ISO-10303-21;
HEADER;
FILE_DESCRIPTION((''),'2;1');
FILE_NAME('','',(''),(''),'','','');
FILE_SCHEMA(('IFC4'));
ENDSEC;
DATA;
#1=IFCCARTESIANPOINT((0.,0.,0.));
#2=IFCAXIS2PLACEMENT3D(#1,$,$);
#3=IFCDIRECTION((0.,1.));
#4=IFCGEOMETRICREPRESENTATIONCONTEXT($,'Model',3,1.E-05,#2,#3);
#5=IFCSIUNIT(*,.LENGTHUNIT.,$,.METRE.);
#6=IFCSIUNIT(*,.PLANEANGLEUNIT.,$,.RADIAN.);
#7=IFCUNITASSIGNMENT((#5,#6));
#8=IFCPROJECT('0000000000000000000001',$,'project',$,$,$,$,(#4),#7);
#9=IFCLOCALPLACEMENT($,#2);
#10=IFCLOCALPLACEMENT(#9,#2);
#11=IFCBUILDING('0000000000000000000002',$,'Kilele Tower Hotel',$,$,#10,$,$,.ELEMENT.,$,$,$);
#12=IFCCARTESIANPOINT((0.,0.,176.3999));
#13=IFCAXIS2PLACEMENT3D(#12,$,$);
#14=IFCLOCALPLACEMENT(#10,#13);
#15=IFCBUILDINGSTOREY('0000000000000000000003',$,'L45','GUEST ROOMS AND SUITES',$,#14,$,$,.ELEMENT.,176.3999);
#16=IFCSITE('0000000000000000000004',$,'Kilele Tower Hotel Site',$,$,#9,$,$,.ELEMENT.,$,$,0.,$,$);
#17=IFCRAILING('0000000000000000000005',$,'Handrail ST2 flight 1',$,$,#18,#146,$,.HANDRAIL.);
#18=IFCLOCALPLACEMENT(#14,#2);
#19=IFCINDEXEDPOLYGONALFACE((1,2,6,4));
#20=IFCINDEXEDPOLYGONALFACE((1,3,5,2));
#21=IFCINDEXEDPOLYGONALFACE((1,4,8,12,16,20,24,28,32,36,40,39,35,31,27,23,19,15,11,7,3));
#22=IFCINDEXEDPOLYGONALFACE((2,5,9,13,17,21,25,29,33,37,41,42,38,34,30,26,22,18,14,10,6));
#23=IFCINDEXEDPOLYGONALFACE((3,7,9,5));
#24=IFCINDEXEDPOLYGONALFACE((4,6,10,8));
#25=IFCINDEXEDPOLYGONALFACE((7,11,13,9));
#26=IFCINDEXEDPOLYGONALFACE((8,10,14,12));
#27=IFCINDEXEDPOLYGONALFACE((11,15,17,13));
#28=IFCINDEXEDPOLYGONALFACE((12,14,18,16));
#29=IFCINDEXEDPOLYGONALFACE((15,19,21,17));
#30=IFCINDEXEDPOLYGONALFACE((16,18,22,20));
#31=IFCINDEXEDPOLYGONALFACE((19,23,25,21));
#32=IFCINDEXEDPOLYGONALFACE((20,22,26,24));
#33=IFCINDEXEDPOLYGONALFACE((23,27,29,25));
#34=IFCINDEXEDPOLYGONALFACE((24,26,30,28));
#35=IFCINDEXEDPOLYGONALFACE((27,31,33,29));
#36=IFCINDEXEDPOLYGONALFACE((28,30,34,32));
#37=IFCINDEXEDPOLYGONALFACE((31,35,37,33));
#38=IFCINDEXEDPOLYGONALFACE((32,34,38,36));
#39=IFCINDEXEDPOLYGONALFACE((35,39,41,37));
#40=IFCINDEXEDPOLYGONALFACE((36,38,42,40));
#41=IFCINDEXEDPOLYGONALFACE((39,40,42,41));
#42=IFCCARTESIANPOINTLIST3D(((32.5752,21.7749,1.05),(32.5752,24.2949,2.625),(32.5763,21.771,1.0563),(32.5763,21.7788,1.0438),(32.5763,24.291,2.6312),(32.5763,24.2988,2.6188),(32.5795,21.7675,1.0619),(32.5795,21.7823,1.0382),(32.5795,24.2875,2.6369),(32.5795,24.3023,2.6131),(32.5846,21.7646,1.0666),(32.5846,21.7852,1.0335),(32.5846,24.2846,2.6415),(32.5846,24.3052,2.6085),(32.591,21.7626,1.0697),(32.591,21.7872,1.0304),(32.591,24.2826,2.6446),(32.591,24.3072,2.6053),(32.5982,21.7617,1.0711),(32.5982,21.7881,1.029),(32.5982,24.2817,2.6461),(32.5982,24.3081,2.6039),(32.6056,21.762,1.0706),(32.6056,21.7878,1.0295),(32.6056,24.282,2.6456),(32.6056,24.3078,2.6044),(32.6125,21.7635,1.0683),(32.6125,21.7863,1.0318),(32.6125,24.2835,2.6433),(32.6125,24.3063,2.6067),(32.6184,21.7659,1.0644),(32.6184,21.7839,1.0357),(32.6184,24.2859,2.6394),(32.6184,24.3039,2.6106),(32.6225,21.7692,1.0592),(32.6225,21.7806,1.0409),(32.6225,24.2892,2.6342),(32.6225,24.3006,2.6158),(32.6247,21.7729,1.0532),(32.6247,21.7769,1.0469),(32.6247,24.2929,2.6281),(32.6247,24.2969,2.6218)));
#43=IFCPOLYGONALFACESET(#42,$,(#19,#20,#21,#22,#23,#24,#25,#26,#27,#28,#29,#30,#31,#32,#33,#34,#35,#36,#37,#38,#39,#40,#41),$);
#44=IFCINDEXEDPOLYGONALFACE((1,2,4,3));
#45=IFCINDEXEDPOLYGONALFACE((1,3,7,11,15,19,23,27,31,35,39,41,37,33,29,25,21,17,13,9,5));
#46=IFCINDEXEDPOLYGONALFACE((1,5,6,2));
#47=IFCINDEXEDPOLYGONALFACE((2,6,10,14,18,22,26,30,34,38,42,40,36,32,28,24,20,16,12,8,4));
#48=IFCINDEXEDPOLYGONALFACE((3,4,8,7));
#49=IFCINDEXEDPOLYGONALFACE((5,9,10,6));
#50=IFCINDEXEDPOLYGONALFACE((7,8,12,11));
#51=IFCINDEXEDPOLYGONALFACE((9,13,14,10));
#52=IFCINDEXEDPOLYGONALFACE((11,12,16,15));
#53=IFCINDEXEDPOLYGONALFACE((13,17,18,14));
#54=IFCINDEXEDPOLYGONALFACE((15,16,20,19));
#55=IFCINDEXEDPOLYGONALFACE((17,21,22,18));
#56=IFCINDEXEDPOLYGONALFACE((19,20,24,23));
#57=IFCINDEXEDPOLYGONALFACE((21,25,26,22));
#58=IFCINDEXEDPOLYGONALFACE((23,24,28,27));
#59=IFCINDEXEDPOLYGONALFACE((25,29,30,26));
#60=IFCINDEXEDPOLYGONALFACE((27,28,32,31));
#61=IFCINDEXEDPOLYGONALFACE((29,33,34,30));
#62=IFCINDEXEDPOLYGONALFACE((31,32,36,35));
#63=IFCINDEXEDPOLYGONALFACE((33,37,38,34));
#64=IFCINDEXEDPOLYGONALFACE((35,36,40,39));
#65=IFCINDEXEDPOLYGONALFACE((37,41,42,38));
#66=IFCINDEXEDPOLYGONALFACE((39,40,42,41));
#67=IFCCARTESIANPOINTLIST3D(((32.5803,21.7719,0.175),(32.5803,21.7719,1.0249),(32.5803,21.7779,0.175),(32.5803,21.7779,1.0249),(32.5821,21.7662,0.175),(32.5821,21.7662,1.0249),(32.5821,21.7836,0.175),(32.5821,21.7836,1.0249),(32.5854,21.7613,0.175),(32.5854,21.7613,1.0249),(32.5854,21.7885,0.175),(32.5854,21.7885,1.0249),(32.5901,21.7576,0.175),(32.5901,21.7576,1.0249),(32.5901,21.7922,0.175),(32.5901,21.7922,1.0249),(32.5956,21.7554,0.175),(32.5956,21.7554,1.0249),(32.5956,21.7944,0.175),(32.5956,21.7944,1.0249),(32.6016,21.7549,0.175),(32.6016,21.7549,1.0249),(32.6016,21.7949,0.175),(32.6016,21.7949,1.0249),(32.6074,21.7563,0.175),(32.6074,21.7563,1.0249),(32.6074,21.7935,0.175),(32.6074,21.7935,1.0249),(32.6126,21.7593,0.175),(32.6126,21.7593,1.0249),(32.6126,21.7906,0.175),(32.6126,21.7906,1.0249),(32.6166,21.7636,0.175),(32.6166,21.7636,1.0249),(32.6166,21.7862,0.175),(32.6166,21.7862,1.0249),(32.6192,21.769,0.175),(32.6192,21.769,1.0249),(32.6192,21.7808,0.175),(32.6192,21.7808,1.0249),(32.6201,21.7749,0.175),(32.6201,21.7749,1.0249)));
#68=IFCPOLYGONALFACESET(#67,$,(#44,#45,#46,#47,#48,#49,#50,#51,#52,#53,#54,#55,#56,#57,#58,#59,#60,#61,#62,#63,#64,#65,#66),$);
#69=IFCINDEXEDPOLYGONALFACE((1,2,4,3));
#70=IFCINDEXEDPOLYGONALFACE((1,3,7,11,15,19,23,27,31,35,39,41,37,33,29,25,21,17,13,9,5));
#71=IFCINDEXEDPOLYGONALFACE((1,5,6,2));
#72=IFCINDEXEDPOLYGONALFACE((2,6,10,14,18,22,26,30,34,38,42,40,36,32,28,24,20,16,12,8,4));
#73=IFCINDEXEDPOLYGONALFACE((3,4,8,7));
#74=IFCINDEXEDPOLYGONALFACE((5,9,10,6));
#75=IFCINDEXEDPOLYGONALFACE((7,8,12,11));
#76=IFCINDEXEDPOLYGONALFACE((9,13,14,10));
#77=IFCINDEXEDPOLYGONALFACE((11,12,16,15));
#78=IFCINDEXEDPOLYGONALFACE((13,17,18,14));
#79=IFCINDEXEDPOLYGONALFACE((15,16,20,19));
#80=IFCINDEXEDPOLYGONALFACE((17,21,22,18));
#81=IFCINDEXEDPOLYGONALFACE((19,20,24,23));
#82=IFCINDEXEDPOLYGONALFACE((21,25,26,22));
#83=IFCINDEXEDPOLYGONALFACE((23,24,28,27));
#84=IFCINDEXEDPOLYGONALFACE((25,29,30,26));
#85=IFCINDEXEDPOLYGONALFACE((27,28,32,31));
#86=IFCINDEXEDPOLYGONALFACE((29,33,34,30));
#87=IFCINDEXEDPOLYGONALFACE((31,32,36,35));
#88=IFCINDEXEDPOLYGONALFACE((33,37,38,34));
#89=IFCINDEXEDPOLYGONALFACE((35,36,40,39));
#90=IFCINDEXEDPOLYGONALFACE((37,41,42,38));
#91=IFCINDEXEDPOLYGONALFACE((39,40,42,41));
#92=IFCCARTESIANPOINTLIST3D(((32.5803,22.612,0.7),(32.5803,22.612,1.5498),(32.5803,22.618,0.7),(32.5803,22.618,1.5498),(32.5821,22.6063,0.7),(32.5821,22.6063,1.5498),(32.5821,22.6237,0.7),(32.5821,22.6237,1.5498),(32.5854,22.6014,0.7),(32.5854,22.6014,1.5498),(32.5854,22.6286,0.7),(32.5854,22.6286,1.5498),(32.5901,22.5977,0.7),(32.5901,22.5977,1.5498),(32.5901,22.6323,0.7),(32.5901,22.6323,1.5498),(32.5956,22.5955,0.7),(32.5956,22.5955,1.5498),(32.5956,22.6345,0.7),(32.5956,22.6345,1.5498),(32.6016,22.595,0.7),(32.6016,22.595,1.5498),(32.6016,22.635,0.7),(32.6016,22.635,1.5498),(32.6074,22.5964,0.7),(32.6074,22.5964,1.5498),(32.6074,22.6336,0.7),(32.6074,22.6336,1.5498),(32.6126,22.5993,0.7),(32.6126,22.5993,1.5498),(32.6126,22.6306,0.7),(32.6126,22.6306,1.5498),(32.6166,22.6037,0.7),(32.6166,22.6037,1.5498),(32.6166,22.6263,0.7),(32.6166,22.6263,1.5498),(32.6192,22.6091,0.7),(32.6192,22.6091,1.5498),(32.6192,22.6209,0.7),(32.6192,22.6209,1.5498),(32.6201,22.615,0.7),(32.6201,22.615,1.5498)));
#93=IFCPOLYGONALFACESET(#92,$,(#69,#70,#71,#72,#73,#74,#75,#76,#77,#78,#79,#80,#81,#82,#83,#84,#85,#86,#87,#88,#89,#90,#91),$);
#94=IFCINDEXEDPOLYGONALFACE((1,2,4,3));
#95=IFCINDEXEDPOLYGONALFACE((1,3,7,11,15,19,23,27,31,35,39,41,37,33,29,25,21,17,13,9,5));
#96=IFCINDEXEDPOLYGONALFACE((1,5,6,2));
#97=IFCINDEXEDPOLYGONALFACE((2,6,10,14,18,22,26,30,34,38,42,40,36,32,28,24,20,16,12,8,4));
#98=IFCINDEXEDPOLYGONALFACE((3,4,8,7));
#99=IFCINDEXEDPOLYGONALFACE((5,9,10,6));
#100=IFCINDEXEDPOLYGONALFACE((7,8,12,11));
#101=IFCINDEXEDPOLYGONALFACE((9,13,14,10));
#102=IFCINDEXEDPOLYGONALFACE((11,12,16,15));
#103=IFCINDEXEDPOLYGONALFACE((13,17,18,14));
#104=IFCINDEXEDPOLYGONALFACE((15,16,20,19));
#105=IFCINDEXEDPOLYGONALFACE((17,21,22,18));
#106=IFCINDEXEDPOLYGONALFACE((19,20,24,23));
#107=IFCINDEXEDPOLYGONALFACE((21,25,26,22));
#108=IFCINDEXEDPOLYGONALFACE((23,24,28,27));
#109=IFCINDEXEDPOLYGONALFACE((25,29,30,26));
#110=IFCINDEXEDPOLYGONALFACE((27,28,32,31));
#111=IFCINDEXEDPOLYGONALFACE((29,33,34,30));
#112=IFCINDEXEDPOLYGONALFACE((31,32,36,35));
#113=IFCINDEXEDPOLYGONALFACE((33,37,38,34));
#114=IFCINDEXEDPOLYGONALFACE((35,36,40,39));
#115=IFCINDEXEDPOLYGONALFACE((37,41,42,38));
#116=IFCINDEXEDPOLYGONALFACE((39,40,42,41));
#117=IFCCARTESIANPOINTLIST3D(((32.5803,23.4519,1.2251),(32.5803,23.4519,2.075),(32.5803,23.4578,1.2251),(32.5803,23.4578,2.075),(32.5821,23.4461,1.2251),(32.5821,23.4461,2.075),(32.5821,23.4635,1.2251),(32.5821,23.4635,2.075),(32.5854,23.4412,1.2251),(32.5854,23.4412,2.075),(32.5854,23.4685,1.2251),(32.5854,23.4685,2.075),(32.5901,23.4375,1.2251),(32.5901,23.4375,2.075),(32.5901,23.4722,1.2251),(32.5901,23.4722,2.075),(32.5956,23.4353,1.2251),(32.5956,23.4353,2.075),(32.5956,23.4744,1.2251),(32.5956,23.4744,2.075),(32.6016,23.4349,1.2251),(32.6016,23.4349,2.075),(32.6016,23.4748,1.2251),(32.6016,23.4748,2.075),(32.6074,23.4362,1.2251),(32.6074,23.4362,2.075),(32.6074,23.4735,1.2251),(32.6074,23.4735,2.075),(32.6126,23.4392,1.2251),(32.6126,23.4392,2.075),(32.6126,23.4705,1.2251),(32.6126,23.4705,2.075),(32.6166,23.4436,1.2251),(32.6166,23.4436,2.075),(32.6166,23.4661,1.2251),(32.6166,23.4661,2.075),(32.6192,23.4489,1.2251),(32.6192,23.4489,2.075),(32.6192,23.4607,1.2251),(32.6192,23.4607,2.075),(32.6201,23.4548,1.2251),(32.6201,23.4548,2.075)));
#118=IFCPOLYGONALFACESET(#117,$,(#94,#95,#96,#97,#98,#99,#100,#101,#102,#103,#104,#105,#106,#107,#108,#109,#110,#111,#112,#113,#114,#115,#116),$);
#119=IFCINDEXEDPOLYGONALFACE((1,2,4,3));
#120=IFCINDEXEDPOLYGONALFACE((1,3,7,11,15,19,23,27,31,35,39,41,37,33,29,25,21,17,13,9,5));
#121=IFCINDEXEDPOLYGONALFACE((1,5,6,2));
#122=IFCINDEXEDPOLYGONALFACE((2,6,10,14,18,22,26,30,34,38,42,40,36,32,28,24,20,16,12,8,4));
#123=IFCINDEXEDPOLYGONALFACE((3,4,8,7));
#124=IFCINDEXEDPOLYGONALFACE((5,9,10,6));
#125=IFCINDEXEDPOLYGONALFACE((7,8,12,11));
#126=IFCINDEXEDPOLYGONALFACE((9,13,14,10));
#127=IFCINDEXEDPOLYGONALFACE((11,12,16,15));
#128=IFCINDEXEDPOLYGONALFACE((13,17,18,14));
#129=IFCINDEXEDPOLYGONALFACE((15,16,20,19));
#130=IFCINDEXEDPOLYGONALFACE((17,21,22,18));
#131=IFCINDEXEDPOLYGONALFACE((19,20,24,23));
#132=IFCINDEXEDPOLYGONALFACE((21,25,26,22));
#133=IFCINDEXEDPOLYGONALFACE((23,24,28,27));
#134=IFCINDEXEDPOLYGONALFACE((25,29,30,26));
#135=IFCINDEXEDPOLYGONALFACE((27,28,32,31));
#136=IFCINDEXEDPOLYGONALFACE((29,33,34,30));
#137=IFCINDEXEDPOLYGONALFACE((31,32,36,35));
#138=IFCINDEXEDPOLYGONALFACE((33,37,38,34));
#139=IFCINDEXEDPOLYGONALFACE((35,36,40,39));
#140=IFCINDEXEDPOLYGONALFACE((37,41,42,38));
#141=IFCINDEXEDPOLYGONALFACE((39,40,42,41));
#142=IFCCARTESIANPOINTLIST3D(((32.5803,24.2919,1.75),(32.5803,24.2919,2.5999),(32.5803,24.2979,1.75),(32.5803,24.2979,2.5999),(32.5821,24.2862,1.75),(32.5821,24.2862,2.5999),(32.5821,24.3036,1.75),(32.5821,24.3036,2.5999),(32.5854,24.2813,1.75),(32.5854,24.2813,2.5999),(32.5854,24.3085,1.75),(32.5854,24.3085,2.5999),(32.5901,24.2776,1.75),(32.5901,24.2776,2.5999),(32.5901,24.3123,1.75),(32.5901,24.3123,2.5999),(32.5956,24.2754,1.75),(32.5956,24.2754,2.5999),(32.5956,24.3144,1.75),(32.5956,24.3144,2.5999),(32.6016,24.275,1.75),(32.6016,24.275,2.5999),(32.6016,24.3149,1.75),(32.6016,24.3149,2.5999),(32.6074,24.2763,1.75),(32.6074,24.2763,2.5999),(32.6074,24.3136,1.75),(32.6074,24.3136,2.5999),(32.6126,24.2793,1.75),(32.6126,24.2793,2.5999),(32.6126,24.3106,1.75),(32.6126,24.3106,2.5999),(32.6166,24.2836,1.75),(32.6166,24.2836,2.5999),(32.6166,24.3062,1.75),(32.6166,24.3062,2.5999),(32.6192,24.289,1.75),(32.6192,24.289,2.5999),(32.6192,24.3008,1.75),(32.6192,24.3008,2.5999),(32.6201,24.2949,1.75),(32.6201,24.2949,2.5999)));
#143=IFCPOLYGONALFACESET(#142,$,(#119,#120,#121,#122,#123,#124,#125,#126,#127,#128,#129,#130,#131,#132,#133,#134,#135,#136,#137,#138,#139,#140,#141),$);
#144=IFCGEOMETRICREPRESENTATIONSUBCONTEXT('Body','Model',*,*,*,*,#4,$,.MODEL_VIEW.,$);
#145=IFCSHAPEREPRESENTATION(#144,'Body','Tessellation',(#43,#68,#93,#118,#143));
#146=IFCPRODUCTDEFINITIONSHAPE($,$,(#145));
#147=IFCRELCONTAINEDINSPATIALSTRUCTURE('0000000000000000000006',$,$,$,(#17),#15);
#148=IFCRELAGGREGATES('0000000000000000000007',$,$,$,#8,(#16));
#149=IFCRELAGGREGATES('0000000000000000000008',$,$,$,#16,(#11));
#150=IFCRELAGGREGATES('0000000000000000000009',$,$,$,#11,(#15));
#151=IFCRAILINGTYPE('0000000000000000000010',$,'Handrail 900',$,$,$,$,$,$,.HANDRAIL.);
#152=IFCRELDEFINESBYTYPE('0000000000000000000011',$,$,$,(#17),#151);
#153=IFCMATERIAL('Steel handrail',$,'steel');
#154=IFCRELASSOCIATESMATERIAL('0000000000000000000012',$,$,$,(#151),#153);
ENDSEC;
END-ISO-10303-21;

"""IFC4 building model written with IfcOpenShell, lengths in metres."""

from ifc_helpers import new_model, si_unit, direction, frame, origin, origin_2d, place, context, subcontext, project, spatial, circle, extrude, material, type_object, element, save


model = new_model("IFC4")

# Units and contexts
model_context = context("Model", 3, precision=1e-05, world=origin(), true_north=direction((0.0, 1.0)))
body_context = subcontext(model_context, "Body", "Model", "MODEL_VIEW")
ifc_project = project(units=[si_unit("LENGTHUNIT", "METRE"), si_unit("PLANEANGLEUNIT", "RADIAN")], contexts=[model_context])

# Site, building, storey
site_placement = place(None, origin())
site = spatial("IfcSite", under=ifc_project, at=site_placement, Name="Kilele Tower Hotel Site", CompositionType="ELEMENT", RefElevation=0.0)
building_placement = place(site_placement, origin())
building = spatial("IfcBuilding", under=site, at=building_placement, Name="Kilele Tower Hotel", CompositionType="ELEMENT")
storey_placement = place(building_placement, frame((0.0, 0.0, 176.3999)))
storey = spatial("IfcBuildingStorey", under=building, at=storey_placement, Name="L45", Description="GUEST ROOMS AND SUITES", CompositionType="ELEMENT", Elevation=176.3999)

# Railing
ifc_material_1 = material(Name="Steel handrail", Category="steel")
railing_type_1 = type_object("IfcRailingType", Name="Handrail 900", PredefinedType="HANDRAIL", material=ifc_material_1)
for number, where, name in (
    (1, (32.6001, 21.7749, 0.175), "Handrail ST2 flight 1"),
):
    element("IfcRailing", number, at=place(storey_placement, frame(where)), inside=storey, type_object=railing_type_1, Name=name, PredefinedType="HANDRAIL", context=body_context, shape_type="SweptSolid", body=[
        extrude(circle(Radius=0.0249, at=origin_2d()), frame((0.0, 0.0, 0.875), z_axis=(0.0, 0.848008, 0.529984), x_axis=(-1.0, 0.0, 0.0)), (0.0, 0.0, 1.0), 2.9717),
        extrude(circle(Radius=0.02, at=origin_2d()), origin(), (0.0, 0.0, 1.0), 0.8499),
        extrude(circle(Radius=0.02, at=origin_2d()), frame((0.0, 0.8401, 0.5249)), (0.0, 0.0, 1.0), 0.8499),
        extrude(circle(Radius=0.02, at=origin_2d()), frame((0.0, 1.6799, 1.05)), (0.0, 0.0, 1.0), 0.8499),
        extrude(circle(Radius=0.02, at=origin_2d()), frame((0.0, 2.52, 1.575)), (0.0, 0.0, 1.0), 0.8499),
    ])

save(model, "model.ifc")
